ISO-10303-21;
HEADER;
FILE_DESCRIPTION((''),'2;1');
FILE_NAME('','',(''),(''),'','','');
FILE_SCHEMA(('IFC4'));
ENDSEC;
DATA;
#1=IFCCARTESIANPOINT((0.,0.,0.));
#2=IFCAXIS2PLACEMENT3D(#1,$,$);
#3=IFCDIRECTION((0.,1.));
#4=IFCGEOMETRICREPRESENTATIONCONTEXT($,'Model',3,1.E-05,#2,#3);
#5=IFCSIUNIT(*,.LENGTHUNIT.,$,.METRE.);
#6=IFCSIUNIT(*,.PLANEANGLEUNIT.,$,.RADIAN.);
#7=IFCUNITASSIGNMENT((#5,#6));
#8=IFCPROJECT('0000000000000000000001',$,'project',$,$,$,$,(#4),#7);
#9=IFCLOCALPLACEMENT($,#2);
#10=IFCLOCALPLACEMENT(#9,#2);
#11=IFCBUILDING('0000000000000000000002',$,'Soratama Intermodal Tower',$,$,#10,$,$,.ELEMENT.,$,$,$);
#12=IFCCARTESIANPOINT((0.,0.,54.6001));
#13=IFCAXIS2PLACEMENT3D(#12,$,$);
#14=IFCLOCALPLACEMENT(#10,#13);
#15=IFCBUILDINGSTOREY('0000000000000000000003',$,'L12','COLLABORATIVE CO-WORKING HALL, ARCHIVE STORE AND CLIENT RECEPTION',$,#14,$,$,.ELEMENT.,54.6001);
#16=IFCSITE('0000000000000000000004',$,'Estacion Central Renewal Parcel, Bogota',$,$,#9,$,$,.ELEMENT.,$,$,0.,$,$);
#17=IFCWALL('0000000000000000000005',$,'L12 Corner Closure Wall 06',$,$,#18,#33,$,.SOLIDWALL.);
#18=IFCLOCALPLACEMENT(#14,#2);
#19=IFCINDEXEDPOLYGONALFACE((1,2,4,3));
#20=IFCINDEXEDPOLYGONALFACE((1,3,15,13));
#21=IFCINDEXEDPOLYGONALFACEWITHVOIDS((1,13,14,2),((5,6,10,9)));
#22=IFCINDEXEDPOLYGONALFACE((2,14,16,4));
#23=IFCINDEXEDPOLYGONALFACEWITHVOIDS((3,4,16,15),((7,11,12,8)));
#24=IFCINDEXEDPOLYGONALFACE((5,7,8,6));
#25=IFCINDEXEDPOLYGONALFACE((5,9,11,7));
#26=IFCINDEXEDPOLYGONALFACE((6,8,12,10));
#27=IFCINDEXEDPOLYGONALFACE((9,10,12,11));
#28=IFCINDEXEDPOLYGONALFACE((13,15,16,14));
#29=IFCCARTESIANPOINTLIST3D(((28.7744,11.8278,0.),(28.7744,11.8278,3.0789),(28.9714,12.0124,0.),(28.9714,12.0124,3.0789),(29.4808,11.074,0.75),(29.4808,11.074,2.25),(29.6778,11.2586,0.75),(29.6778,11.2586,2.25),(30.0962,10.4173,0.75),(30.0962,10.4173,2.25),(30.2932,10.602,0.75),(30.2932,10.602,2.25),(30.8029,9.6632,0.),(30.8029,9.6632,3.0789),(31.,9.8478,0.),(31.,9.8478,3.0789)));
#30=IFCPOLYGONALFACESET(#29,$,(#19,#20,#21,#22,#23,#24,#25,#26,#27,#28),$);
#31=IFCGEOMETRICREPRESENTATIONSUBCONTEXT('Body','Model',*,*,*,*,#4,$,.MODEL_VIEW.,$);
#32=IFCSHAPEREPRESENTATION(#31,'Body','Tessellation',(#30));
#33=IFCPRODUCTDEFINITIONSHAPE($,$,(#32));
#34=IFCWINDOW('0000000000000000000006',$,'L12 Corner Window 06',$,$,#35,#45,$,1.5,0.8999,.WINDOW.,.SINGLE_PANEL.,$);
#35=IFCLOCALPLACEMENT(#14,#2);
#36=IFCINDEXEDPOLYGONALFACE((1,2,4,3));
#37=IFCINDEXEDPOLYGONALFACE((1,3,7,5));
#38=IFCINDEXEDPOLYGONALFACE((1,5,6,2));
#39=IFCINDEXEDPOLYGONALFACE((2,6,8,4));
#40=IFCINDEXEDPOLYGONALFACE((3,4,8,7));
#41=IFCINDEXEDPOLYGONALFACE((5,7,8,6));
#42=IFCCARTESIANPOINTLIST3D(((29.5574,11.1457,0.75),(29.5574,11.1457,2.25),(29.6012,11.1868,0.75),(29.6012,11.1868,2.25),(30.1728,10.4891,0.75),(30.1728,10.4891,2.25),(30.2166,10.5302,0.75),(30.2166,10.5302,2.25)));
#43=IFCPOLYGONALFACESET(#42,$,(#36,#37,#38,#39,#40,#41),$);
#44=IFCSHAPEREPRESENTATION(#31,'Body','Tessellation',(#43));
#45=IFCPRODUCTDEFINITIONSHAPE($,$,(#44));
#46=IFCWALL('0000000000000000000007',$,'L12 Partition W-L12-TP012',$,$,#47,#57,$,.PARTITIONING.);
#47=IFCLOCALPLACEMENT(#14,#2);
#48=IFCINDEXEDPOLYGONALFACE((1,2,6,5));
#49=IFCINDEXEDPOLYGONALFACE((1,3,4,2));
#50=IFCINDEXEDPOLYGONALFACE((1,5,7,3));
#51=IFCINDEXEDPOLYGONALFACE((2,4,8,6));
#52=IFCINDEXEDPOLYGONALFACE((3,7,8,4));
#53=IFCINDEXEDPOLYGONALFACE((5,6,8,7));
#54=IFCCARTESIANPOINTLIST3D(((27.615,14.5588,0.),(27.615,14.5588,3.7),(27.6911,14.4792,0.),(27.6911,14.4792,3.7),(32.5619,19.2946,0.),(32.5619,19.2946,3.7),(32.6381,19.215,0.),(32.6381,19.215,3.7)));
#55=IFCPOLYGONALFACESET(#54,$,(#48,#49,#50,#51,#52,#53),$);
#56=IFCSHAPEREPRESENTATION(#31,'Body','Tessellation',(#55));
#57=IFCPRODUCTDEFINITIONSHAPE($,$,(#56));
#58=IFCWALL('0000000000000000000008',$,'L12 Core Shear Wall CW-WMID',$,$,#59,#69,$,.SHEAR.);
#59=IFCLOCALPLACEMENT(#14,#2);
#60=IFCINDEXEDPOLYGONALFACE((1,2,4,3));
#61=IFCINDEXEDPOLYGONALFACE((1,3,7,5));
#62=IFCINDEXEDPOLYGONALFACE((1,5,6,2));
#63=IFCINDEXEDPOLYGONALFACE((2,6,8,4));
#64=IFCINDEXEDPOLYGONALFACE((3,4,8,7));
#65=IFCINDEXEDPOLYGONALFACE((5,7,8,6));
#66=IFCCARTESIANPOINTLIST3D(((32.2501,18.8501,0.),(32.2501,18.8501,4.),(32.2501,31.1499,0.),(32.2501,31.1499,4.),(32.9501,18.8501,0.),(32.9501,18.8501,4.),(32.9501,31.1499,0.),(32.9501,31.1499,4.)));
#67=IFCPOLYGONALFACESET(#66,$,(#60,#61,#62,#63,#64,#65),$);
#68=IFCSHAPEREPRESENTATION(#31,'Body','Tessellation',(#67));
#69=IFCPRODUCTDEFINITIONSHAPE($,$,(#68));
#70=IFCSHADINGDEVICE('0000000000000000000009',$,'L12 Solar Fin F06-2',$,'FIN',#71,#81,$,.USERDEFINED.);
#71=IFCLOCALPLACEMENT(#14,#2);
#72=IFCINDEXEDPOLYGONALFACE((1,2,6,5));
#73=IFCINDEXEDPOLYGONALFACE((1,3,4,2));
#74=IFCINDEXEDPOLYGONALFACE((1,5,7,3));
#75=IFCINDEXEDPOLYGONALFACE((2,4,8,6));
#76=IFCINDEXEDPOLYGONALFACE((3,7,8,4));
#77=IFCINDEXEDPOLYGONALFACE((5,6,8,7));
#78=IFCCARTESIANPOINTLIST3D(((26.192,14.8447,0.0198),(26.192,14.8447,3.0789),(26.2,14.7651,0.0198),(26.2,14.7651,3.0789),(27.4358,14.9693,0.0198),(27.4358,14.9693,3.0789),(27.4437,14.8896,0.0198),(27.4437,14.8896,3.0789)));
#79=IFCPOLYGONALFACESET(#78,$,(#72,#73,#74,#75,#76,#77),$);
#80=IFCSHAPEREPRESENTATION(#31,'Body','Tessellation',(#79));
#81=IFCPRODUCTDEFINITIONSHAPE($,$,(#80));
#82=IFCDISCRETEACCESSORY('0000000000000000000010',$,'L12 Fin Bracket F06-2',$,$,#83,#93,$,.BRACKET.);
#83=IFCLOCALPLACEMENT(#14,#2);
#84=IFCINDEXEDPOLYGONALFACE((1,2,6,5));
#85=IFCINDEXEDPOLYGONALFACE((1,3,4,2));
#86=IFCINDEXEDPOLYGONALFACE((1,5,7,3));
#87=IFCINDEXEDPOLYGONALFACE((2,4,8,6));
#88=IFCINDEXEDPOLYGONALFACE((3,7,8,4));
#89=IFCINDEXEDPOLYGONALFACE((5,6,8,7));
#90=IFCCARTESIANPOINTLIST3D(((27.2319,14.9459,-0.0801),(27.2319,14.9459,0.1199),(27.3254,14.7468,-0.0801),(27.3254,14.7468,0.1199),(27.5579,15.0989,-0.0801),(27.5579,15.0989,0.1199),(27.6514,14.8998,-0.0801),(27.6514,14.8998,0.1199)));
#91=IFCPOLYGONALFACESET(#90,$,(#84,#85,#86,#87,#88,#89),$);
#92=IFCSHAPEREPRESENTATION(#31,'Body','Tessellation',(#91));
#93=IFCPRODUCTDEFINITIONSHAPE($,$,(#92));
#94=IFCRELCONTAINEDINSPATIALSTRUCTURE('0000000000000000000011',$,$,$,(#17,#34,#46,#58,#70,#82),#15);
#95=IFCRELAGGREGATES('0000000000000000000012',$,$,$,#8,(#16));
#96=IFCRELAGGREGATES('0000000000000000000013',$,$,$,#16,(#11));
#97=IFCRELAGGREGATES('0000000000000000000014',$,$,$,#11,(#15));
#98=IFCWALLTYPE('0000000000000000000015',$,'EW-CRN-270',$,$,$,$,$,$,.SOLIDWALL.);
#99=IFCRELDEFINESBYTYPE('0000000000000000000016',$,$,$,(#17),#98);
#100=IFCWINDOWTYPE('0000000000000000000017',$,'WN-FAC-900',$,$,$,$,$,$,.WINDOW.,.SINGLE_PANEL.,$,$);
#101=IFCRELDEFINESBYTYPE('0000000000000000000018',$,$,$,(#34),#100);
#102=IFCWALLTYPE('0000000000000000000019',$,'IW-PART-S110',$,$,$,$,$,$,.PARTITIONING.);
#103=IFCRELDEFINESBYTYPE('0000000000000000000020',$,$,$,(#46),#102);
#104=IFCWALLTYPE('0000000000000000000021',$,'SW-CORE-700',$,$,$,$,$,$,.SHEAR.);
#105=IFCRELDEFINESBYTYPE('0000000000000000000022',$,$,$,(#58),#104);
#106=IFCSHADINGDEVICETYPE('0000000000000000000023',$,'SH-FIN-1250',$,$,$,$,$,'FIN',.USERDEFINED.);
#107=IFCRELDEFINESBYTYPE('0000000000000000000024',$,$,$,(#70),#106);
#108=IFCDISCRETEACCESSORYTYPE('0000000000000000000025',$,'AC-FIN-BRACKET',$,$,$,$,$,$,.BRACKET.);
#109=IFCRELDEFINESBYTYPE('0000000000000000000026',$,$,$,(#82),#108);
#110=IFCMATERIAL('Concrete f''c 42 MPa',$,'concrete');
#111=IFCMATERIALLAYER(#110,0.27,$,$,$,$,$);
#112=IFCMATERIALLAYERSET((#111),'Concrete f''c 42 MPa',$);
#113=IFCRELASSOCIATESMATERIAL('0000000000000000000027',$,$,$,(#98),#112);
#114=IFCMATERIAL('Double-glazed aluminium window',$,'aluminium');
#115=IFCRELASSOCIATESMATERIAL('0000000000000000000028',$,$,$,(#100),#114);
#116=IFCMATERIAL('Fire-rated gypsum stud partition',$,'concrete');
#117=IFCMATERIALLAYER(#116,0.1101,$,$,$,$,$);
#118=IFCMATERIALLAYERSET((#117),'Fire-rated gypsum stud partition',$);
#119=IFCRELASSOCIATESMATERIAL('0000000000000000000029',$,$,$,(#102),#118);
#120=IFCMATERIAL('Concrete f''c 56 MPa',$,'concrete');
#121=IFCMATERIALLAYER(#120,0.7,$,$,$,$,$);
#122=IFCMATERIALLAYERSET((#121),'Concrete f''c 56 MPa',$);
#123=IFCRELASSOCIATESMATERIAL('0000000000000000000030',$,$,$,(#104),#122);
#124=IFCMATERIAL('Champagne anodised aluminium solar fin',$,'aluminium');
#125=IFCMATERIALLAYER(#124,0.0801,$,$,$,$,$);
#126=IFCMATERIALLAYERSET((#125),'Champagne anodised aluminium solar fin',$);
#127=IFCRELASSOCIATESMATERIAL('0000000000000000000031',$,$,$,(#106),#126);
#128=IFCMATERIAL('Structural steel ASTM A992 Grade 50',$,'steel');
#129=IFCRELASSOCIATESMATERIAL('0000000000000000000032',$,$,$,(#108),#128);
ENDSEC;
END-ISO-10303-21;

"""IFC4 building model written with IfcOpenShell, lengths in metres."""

from ifc_helpers import new_model, si_unit, direction, frame, frame_2d, origin, origin_2d, place, context, subcontext, project, spatial, rectangle, extrude, material, layer, layer_set, type_object, element, fill, save


model = new_model("IFC4")

# Units and contexts
model_context = context("Model", 3, precision=1e-05, world=origin(), true_north=direction((0.0, 1.0)))
body_context = subcontext(model_context, "Body", "Model", "MODEL_VIEW")
ifc_project = project(units=[si_unit("LENGTHUNIT", "METRE"), si_unit("PLANEANGLEUNIT", "RADIAN")], contexts=[model_context])

# Site, building, storey
site_placement = place(None, origin())
site = spatial("IfcSite", under=ifc_project, at=site_placement, Name="Estacion Central Renewal Parcel, Bogota", CompositionType="ELEMENT", RefElevation=0.0)
building_placement = place(site_placement, origin())
building = spatial("IfcBuilding", under=site, at=building_placement, Name="Soratama Intermodal Tower", CompositionType="ELEMENT")
storey_placement = place(building_placement, frame((0.0, 0.0, 54.6001)))
storey = spatial("IfcBuildingStorey", under=building, at=storey_placement, Name="L12", Description="COLLABORATIVE CO-WORKING HALL, ARCHIVE STORE AND CLIENT RECEPTION", CompositionType="ELEMENT", Elevation=54.6001)

# Wall, opening, window
ifc_material_1 = material(Name="Concrete f'c 42 MPa", Category="concrete")
ifc_layer_1 = layer(ifc_material_1, 0.27)
ifc_layer_set_1 = layer_set([ifc_layer_1], Name="Concrete f'c 42 MPa")
wall_type_1 = type_object("IfcWallType", Name="EW-CRN-270", PredefinedType="SOLIDWALL", material=ifc_layer_set_1)
wall_1_placement = place(storey_placement, frame((28.8728, 11.9202, 0.0), z_axis=(0.0, 0.0, 1.0), x_axis=(0.683815, -0.729655, 0.0)))
wall_1 = element("IfcWall", 1, at=wall_1_placement, inside=storey, type_object=wall_type_1, Name="L12 Corner Closure Wall 06", PredefinedType="SOLIDWALL", context=body_context, shape_type="SweptSolid", body=[
    extrude(rectangle(XDim=2.9666, YDim=0.27, at=frame_2d((1.4834, 0.0))), origin(), (0.0, 0.0, 1.0), 3.0789),
])
opening_1_placement = place(wall_1_placement, frame((1.0332, 0.0, 0.75)))
opening_1 = element("IfcOpeningElement", 2, at=opening_1_placement, cuts=wall_1, PredefinedType="OPENING", context=body_context, shape_type="SweptSolid", body=[
    extrude(rectangle(XDim=0.8999, YDim=1.5, at=frame_2d((0.45, 0.75))), frame((0.0, 0.145, 0.0), z_axis=(0.0, -1.0, 0.0), x_axis=(1.0, 0.0, 0.0)), (0.0, 0.0, 1.0), 0.29),
])
ifc_material_2 = material(Name="Double-glazed aluminium window", Category="aluminium")
window_type = type_object("IfcWindowType", Name="WN-FAC-900", PartitioningType="SINGLE_PANEL", PredefinedType="WINDOW", material=ifc_material_2)
window_placement = place(opening_1_placement, origin())
window = element("IfcWindow", 3, at=window_placement, inside=storey, type_object=window_type, Name="L12 Corner Window 06", OverallHeight=1.5, OverallWidth=0.8999, PartitioningType="SINGLE_PANEL", PredefinedType="WINDOW", context=body_context, shape_type="SweptSolid", body=[
    extrude(rectangle(XDim=0.8999, YDim=1.5, at=frame_2d((0.45, 0.75))), frame((0.0, 0.03, 0.0), z_axis=(0.0, -1.0, 0.0), x_axis=(1.0, 0.0, 0.0)), (0.0, 0.0, 1.0), 0.0601),
])
fill(opening_1, window)

# Walls
ifc_material_3 = material(Name="Fire-rated gypsum stud partition", Category="concrete")
ifc_layer_2 = layer(ifc_material_3, 0.1101)
ifc_layer_set_2 = layer_set([ifc_layer_2], Name="Fire-rated gypsum stud partition")
wall_type_2 = type_object("IfcWallType", Name="IW-PART-S110", PredefinedType="PARTITIONING", material=ifc_layer_set_2)
wall_2_placement = place(storey_placement, frame((32.6001, 19.2549, 0.0), z_axis=(0.0, 0.0, 1.0), x_axis=(-0.722357, -0.69152, 0.0)))
element("IfcWall", 4, at=wall_2_placement, inside=storey, type_object=wall_type_2, Name="L12 Partition W-L12-TP012", PredefinedType="PARTITIONING", context=body_context, shape_type="SweptSolid", body=[
    extrude(rectangle(XDim=6.8484, YDim=0.1101, at=frame_2d((3.4243, 0.0))), origin(), (0.0, 0.0, 1.0), 3.7),
])
ifc_material_4 = material(Name="Concrete f'c 56 MPa", Category="concrete")
ifc_layer_3 = layer(ifc_material_4, 0.7)
ifc_layer_set_3 = layer_set([ifc_layer_3], Name="Concrete f'c 56 MPa")
wall_type_3 = type_object("IfcWallType", Name="SW-CORE-700", PredefinedType="SHEAR", material=ifc_layer_set_3)
wall_3_placement = place(storey_placement, frame((32.6001, 18.8501, 0.0), z_axis=(0.0, 0.0, 1.0), x_axis=(0.0, 1.0, 0.0)))
element("IfcWall", 5, at=wall_3_placement, inside=storey, type_object=wall_type_3, Name="L12 Core Shear Wall CW-WMID", PredefinedType="SHEAR", context=body_context, shape_type="SweptSolid", body=[
    extrude(rectangle(XDim=12.2998, YDim=0.7, at=frame_2d((6.1499, 0.0))), origin(), (0.0, 0.0, 1.0), 4.0),
])

# Shading device
ifc_material_5 = material(Name="Champagne anodised aluminium solar fin", Category="aluminium")
ifc_layer_4 = layer(ifc_material_5, 0.0801)
ifc_layer_set_4 = layer_set([ifc_layer_4], Name="Champagne anodised aluminium solar fin")
shading_device_type = type_object("IfcShadingDeviceType", Name="SH-FIN-1250", ElementType="FIN", PredefinedType="USERDEFINED", material=ifc_layer_set_4)
shading_device_placement = place(storey_placement, frame((26.8179, 14.8672, 0.0198), z_axis=(0.0, 0.0, 1.0), x_axis=(-0.995021, -0.099667, 0.0)))
element("IfcShadingDevice", 6, at=shading_device_placement, inside=storey, type_object=shading_device_type, Name="L12 Solar Fin F06-2", ObjectType="FIN", PredefinedType="USERDEFINED", context=body_context, shape_type="SweptSolid", body=[
    extrude(rectangle(XDim=1.25, YDim=0.0801, at=origin_2d()), origin(), (0.0, 0.0, 1.0), 3.0591),
])

# Discrete accessory
ifc_material_6 = material(Name="Structural steel ASTM A992 Grade 50", Category="steel")
discrete_accessory_type = type_object("IfcDiscreteAccessoryType", Name="AC-FIN-BRACKET", PredefinedType="BRACKET", material=ifc_material_6)
discrete_accessory_placement = place(storey_placement, frame((27.4417, 14.9229, -0.0801), z_axis=(0.0, 0.0, 1.0), x_axis=(-0.905272, -0.424832, 0.0)))
element("IfcDiscreteAccessory", 7, at=discrete_accessory_placement, inside=storey, type_object=discrete_accessory_type, Name="L12 Fin Bracket F06-2", PredefinedType="BRACKET", context=body_context, shape_type="SweptSolid", body=[
    extrude(rectangle(XDim=0.3601, YDim=0.22, at=origin_2d()), origin(), (0.0, 0.0, 1.0), 0.2),
])

save(model, "model.ifc")
